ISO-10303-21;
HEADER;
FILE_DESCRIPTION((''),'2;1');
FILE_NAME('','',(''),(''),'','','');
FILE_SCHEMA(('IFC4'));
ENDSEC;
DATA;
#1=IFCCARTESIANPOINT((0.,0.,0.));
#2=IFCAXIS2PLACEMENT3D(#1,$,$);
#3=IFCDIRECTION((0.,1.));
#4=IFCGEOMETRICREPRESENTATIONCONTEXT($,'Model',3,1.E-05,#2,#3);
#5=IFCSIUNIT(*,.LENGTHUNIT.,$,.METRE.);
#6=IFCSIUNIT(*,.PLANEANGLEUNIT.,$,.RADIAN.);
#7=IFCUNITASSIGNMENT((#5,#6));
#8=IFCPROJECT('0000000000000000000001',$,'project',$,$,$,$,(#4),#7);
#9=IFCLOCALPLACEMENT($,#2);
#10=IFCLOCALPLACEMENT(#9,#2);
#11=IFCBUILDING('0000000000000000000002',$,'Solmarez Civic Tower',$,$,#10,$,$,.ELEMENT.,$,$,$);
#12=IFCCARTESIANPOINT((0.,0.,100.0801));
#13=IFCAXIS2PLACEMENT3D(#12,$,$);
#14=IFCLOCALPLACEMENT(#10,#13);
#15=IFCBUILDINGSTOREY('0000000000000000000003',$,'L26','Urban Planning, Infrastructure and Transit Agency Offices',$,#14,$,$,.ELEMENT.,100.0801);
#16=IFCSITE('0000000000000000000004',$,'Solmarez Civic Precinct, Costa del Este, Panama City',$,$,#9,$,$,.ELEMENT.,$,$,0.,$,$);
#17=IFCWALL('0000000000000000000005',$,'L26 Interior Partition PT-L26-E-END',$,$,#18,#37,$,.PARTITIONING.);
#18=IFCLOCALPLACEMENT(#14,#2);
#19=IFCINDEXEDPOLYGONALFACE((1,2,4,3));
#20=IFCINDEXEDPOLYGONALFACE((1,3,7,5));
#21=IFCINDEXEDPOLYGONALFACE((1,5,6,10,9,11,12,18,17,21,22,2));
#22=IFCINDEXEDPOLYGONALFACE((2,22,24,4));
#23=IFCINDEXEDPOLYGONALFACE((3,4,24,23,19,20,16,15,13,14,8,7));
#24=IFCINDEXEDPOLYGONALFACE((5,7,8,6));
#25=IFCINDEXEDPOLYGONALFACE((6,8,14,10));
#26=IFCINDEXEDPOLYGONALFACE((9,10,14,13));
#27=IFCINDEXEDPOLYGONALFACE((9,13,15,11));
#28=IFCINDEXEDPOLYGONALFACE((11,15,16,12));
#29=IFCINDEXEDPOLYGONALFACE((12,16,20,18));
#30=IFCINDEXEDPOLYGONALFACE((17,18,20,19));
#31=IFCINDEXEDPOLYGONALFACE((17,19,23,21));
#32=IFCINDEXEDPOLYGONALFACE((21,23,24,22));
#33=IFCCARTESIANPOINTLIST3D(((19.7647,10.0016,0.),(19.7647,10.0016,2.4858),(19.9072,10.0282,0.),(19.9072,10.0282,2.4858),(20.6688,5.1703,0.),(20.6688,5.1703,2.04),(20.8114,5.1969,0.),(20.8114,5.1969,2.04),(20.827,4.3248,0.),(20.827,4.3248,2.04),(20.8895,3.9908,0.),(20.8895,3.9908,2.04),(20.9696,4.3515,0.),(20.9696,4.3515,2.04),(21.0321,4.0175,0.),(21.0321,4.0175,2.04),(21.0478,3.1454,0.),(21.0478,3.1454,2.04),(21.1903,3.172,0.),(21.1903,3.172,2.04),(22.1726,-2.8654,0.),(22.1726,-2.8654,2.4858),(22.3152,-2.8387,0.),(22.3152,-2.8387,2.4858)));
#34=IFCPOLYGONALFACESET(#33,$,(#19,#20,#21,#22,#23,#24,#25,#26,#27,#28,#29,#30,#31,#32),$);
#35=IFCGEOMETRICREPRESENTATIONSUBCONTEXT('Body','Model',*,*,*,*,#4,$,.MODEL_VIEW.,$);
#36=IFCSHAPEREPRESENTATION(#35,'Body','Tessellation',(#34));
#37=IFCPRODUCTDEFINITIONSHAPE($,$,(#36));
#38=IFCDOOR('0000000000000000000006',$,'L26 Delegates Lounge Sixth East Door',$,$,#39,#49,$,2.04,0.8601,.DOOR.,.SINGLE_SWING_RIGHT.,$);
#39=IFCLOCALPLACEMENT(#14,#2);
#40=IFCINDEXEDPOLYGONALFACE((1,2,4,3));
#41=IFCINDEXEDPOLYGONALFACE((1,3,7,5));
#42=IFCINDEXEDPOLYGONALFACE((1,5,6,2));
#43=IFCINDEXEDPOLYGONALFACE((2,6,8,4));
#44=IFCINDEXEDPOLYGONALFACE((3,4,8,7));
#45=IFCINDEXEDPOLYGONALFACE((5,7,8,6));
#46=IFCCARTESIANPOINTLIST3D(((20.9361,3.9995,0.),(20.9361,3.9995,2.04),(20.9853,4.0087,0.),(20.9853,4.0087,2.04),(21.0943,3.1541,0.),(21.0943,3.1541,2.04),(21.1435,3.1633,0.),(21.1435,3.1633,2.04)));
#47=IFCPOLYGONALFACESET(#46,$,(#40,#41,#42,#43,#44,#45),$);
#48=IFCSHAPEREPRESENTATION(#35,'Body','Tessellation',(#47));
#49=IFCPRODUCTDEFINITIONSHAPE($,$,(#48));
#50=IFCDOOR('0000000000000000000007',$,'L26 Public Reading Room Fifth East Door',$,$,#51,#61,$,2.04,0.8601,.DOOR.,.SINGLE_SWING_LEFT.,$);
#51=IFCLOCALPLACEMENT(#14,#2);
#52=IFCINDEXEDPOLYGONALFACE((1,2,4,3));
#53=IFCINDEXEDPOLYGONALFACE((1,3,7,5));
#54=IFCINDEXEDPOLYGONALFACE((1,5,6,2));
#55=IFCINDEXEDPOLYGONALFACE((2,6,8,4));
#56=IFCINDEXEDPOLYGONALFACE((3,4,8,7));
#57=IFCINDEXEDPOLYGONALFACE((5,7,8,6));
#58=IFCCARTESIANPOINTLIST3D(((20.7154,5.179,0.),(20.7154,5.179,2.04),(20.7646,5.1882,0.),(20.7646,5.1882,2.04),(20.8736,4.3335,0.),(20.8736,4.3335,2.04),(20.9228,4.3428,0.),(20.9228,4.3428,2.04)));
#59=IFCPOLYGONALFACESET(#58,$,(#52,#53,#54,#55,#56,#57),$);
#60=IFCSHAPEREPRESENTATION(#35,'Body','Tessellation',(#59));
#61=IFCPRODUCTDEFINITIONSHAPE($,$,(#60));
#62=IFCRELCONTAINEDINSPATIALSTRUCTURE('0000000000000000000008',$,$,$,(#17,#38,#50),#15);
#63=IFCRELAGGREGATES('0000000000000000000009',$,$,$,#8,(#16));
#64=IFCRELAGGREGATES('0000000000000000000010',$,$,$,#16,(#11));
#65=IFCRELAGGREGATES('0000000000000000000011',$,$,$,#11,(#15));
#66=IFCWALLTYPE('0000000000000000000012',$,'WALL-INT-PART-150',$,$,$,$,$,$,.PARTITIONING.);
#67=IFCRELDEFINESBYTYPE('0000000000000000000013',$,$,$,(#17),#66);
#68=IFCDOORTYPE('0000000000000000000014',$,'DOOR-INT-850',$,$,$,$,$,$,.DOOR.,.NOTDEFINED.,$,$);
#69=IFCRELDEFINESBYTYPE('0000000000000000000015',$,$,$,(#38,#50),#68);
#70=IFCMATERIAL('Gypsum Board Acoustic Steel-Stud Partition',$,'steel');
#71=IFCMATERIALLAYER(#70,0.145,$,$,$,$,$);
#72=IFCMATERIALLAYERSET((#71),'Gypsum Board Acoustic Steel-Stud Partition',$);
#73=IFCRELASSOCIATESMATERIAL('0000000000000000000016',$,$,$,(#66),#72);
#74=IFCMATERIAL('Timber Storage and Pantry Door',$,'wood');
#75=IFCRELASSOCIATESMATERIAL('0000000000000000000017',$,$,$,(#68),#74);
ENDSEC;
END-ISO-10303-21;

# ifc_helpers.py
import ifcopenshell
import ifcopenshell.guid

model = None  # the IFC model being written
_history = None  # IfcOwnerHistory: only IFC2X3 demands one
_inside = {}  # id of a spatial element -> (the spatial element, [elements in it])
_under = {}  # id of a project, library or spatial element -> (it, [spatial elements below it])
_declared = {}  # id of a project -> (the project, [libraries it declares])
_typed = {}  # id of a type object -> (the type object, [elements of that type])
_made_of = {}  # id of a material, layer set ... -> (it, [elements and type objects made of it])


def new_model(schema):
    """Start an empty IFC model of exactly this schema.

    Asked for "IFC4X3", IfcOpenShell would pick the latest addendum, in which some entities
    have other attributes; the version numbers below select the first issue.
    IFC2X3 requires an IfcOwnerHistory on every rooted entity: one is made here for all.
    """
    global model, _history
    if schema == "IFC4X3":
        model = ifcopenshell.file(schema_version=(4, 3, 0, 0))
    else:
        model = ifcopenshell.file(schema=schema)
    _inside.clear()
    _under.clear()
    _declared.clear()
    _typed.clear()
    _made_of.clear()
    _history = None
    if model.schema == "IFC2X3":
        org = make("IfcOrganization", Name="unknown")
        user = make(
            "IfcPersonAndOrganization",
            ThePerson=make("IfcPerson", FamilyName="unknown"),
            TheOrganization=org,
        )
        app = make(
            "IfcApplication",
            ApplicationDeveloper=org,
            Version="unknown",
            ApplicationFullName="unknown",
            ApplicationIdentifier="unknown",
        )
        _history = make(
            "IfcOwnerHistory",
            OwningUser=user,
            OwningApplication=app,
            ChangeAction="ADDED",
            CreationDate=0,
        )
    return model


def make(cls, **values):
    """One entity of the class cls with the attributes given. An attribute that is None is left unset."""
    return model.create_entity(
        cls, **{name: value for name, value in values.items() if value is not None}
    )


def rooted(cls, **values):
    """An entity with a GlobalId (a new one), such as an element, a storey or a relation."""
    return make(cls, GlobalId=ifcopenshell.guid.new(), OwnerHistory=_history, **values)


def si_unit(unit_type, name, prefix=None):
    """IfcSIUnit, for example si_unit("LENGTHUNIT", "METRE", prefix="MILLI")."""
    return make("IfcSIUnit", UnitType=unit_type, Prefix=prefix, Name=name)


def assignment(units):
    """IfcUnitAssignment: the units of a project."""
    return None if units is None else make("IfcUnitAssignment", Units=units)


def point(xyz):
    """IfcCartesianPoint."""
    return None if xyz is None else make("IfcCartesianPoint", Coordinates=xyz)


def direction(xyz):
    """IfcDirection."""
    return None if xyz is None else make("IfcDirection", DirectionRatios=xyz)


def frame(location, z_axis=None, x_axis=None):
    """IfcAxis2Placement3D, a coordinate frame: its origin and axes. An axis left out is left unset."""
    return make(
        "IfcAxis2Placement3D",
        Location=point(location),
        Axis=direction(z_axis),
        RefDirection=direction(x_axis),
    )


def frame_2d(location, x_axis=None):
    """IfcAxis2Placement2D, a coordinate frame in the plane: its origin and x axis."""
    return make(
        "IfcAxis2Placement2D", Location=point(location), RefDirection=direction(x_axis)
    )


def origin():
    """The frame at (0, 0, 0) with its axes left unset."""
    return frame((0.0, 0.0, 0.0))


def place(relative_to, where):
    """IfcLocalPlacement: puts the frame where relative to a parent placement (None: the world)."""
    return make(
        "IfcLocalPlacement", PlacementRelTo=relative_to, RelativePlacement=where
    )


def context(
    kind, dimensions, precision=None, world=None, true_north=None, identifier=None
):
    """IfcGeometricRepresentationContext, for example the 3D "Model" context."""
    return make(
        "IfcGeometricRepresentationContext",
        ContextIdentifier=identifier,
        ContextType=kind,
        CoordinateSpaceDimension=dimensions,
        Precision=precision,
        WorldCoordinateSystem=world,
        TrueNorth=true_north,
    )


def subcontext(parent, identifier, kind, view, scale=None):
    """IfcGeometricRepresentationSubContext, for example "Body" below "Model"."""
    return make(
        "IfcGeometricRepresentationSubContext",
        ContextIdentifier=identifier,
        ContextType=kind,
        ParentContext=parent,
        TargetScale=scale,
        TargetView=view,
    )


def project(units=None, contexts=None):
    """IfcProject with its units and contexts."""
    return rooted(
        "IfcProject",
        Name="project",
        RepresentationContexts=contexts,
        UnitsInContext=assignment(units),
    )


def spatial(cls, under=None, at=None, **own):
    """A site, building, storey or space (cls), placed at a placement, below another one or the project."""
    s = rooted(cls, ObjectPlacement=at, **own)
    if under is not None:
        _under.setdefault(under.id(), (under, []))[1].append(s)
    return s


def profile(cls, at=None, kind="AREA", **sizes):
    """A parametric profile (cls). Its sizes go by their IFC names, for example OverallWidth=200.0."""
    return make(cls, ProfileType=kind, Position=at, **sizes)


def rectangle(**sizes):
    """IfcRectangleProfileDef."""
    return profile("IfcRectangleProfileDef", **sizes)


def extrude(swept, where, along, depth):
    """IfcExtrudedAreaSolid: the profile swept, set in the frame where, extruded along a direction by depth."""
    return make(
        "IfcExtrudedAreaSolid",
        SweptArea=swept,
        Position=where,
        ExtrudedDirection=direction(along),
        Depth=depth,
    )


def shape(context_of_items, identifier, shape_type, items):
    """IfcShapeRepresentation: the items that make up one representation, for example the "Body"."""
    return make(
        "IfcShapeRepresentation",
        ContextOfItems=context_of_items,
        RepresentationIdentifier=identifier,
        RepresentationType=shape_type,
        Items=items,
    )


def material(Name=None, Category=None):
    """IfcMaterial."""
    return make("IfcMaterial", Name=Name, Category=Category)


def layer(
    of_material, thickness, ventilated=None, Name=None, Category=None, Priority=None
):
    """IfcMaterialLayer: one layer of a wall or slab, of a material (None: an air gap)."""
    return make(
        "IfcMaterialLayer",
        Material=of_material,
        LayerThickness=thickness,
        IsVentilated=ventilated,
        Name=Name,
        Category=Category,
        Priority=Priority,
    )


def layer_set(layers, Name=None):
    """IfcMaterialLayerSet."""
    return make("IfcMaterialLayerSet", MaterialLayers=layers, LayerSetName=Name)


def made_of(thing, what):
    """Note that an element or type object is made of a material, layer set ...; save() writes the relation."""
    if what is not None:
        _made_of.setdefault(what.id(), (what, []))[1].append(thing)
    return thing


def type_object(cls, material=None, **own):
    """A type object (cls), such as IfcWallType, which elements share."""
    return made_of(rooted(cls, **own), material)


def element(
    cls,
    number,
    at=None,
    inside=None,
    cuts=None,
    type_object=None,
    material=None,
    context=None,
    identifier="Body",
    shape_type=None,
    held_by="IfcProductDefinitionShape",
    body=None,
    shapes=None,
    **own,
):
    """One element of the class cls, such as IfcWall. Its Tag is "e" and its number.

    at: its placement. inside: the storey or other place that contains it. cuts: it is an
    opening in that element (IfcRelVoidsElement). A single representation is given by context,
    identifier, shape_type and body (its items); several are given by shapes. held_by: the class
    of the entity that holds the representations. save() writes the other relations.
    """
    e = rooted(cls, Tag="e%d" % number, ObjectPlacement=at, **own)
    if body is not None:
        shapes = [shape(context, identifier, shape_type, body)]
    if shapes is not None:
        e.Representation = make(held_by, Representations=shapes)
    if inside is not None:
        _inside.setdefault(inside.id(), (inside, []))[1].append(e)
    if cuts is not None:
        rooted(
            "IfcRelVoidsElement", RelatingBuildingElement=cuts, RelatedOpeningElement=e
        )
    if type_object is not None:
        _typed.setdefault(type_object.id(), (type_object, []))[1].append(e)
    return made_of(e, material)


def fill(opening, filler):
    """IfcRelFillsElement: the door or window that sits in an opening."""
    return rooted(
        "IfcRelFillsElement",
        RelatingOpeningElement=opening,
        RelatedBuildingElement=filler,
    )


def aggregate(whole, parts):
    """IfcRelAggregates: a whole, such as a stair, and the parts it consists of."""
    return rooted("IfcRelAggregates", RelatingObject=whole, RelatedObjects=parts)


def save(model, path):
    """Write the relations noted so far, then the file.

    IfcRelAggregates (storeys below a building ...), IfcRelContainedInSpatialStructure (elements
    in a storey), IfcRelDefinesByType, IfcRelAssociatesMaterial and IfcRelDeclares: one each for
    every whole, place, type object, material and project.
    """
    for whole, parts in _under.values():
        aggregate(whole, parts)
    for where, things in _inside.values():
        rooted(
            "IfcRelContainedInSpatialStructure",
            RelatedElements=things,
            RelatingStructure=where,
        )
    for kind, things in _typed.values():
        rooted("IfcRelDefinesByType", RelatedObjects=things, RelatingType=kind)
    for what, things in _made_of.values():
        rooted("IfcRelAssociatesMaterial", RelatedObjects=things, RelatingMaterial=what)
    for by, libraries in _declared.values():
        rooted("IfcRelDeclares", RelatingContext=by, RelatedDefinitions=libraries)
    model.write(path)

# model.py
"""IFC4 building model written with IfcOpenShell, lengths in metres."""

from ifc_helpers import new_model, si_unit, direction, frame, frame_2d, origin, place, context, subcontext, project, spatial, rectangle, extrude, material, layer, layer_set, type_object, element, fill, save


model = new_model("IFC4")

# Units and contexts
model_context = context("Model", 3, precision=1e-05, world=origin(), true_north=direction((0.0, 1.0)))
body_context = subcontext(model_context, "Body", "Model", "MODEL_VIEW")
ifc_project = project(units=[si_unit("LENGTHUNIT", "METRE"), si_unit("PLANEANGLEUNIT", "RADIAN")], contexts=[model_context])

# Site, building, storey
site_placement = place(None, origin())
site = spatial("IfcSite", under=ifc_project, at=site_placement, Name="Solmarez Civic Precinct, Costa del Este, Panama City", CompositionType="ELEMENT", RefElevation=0.0)
building_placement = place(site_placement, origin())
building = spatial("IfcBuilding", under=site, at=building_placement, Name="Solmarez Civic Tower", CompositionType="ELEMENT")
storey_placement = place(building_placement, frame((0.0, 0.0, 100.0801)))
storey = spatial("IfcBuildingStorey", under=building, at=storey_placement, Name="L26", Description="Urban Planning, Infrastructure and Transit Agency Offices", CompositionType="ELEMENT", Elevation=100.0801)

# Shared definitions
ifc_material_1 = material(Name="Gypsum Board Acoustic Steel-Stud Partition", Category="steel")
ifc_layer_1 = layer(ifc_material_1, 0.145)
ifc_layer_set_1 = layer_set([ifc_layer_1], Name="Gypsum Board Acoustic Steel-Stud Partition")
wall_type_1 = type_object("IfcWallType", Name="WALL-INT-PART-150", PredefinedType="PARTITIONING", material=ifc_layer_set_1)

# Wall, openings, doors
wall_1_placement = place(storey_placement, frame((19.8359, 10.0149, 0.0), z_axis=(0.0, 0.0, 1.0), x_axis=(0.18395, -0.982936, 0.0)))
wall_1 = element("IfcWall", 1, at=wall_1_placement, inside=storey, type_object=wall_type_1, Name="L26 Interior Partition PT-L26-E-END", PredefinedType="PARTITIONING", context=body_context, shape_type="SweptSolid", body=[
    extrude(rectangle(XDim=13.0903, YDim=0.145, at=frame_2d((6.5452, 0.0))), origin(), (0.0, 0.0, 1.0), 2.4858),
])
opening_1_placement = place(wall_1_placement, frame((6.115, 0.0, 0.0)))
opening_1 = element("IfcOpeningElement", 2, at=opening_1_placement, cuts=wall_1, PredefinedType="OPENING", context=body_context, shape_type="SweptSolid", body=[
    extrude(rectangle(XDim=0.8601, YDim=2.04, at=frame_2d((0.4302, 1.02))), frame((0.0, 0.0825, 0.0), z_axis=(0.0, -1.0, 0.0), x_axis=(1.0, 0.0, 0.0)), (0.0, 0.0, 1.0), 0.165),
])
opening_2_placement = place(wall_1_placement, frame((4.915, 0.0, 0.0)))
opening_2 = element("IfcOpeningElement", 3, at=opening_2_placement, cuts=wall_1, PredefinedType="OPENING", context=body_context, shape_type="SweptSolid", body=[
    extrude(rectangle(XDim=0.8601, YDim=2.04, at=frame_2d((0.4302, 1.02))), frame((0.0, 0.0825, 0.0), z_axis=(0.0, -1.0, 0.0), x_axis=(1.0, 0.0, 0.0)), (0.0, 0.0, 1.0), 0.165),
])
ifc_material_2 = material(Name="Timber Storage and Pantry Door", Category="wood")
door_type_1 = type_object("IfcDoorType", Name="DOOR-INT-850", OperationType="NOTDEFINED", PredefinedType="DOOR", material=ifc_material_2)
door_1_placement = place(opening_1_placement, origin())
door_1 = element("IfcDoor", 4, at=door_1_placement, inside=storey, type_object=door_type_1, Name="L26 Delegates Lounge Sixth East Door", OperationType="SINGLE_SWING_RIGHT", OverallHeight=2.04, OverallWidth=0.8601, PredefinedType="DOOR", context=body_context, shape_type="SweptSolid", body=[
    extrude(rectangle(XDim=0.8601, YDim=2.04, at=frame_2d((0.4302, 1.02))), frame((0.0, 0.0249, 0.0), z_axis=(0.0, -1.0, 0.0), x_axis=(1.0, 0.0, 0.0)), (0.0, 0.0, 1.0), 0.05),
])
fill(opening_1, door_1)
door_2_placement = place(opening_2_placement, origin())
door_2 = element("IfcDoor", 5, at=door_2_placement, inside=storey, type_object=door_type_1, Name="L26 Public Reading Room Fifth East Door", OperationType="SINGLE_SWING_LEFT", OverallHeight=2.04, OverallWidth=0.8601, PredefinedType="DOOR", context=body_context, shape_type="SweptSolid", body=[
    extrude(rectangle(XDim=0.8601, YDim=2.04, at=frame_2d((0.4302, 1.02))), frame((0.0, 0.0249, 0.0), z_axis=(0.0, -1.0, 0.0), x_axis=(1.0, 0.0, 0.0)), (0.0, 0.0, 1.0), 0.05),
])
fill(opening_2, door_2)

save(model, "model.ifc")
